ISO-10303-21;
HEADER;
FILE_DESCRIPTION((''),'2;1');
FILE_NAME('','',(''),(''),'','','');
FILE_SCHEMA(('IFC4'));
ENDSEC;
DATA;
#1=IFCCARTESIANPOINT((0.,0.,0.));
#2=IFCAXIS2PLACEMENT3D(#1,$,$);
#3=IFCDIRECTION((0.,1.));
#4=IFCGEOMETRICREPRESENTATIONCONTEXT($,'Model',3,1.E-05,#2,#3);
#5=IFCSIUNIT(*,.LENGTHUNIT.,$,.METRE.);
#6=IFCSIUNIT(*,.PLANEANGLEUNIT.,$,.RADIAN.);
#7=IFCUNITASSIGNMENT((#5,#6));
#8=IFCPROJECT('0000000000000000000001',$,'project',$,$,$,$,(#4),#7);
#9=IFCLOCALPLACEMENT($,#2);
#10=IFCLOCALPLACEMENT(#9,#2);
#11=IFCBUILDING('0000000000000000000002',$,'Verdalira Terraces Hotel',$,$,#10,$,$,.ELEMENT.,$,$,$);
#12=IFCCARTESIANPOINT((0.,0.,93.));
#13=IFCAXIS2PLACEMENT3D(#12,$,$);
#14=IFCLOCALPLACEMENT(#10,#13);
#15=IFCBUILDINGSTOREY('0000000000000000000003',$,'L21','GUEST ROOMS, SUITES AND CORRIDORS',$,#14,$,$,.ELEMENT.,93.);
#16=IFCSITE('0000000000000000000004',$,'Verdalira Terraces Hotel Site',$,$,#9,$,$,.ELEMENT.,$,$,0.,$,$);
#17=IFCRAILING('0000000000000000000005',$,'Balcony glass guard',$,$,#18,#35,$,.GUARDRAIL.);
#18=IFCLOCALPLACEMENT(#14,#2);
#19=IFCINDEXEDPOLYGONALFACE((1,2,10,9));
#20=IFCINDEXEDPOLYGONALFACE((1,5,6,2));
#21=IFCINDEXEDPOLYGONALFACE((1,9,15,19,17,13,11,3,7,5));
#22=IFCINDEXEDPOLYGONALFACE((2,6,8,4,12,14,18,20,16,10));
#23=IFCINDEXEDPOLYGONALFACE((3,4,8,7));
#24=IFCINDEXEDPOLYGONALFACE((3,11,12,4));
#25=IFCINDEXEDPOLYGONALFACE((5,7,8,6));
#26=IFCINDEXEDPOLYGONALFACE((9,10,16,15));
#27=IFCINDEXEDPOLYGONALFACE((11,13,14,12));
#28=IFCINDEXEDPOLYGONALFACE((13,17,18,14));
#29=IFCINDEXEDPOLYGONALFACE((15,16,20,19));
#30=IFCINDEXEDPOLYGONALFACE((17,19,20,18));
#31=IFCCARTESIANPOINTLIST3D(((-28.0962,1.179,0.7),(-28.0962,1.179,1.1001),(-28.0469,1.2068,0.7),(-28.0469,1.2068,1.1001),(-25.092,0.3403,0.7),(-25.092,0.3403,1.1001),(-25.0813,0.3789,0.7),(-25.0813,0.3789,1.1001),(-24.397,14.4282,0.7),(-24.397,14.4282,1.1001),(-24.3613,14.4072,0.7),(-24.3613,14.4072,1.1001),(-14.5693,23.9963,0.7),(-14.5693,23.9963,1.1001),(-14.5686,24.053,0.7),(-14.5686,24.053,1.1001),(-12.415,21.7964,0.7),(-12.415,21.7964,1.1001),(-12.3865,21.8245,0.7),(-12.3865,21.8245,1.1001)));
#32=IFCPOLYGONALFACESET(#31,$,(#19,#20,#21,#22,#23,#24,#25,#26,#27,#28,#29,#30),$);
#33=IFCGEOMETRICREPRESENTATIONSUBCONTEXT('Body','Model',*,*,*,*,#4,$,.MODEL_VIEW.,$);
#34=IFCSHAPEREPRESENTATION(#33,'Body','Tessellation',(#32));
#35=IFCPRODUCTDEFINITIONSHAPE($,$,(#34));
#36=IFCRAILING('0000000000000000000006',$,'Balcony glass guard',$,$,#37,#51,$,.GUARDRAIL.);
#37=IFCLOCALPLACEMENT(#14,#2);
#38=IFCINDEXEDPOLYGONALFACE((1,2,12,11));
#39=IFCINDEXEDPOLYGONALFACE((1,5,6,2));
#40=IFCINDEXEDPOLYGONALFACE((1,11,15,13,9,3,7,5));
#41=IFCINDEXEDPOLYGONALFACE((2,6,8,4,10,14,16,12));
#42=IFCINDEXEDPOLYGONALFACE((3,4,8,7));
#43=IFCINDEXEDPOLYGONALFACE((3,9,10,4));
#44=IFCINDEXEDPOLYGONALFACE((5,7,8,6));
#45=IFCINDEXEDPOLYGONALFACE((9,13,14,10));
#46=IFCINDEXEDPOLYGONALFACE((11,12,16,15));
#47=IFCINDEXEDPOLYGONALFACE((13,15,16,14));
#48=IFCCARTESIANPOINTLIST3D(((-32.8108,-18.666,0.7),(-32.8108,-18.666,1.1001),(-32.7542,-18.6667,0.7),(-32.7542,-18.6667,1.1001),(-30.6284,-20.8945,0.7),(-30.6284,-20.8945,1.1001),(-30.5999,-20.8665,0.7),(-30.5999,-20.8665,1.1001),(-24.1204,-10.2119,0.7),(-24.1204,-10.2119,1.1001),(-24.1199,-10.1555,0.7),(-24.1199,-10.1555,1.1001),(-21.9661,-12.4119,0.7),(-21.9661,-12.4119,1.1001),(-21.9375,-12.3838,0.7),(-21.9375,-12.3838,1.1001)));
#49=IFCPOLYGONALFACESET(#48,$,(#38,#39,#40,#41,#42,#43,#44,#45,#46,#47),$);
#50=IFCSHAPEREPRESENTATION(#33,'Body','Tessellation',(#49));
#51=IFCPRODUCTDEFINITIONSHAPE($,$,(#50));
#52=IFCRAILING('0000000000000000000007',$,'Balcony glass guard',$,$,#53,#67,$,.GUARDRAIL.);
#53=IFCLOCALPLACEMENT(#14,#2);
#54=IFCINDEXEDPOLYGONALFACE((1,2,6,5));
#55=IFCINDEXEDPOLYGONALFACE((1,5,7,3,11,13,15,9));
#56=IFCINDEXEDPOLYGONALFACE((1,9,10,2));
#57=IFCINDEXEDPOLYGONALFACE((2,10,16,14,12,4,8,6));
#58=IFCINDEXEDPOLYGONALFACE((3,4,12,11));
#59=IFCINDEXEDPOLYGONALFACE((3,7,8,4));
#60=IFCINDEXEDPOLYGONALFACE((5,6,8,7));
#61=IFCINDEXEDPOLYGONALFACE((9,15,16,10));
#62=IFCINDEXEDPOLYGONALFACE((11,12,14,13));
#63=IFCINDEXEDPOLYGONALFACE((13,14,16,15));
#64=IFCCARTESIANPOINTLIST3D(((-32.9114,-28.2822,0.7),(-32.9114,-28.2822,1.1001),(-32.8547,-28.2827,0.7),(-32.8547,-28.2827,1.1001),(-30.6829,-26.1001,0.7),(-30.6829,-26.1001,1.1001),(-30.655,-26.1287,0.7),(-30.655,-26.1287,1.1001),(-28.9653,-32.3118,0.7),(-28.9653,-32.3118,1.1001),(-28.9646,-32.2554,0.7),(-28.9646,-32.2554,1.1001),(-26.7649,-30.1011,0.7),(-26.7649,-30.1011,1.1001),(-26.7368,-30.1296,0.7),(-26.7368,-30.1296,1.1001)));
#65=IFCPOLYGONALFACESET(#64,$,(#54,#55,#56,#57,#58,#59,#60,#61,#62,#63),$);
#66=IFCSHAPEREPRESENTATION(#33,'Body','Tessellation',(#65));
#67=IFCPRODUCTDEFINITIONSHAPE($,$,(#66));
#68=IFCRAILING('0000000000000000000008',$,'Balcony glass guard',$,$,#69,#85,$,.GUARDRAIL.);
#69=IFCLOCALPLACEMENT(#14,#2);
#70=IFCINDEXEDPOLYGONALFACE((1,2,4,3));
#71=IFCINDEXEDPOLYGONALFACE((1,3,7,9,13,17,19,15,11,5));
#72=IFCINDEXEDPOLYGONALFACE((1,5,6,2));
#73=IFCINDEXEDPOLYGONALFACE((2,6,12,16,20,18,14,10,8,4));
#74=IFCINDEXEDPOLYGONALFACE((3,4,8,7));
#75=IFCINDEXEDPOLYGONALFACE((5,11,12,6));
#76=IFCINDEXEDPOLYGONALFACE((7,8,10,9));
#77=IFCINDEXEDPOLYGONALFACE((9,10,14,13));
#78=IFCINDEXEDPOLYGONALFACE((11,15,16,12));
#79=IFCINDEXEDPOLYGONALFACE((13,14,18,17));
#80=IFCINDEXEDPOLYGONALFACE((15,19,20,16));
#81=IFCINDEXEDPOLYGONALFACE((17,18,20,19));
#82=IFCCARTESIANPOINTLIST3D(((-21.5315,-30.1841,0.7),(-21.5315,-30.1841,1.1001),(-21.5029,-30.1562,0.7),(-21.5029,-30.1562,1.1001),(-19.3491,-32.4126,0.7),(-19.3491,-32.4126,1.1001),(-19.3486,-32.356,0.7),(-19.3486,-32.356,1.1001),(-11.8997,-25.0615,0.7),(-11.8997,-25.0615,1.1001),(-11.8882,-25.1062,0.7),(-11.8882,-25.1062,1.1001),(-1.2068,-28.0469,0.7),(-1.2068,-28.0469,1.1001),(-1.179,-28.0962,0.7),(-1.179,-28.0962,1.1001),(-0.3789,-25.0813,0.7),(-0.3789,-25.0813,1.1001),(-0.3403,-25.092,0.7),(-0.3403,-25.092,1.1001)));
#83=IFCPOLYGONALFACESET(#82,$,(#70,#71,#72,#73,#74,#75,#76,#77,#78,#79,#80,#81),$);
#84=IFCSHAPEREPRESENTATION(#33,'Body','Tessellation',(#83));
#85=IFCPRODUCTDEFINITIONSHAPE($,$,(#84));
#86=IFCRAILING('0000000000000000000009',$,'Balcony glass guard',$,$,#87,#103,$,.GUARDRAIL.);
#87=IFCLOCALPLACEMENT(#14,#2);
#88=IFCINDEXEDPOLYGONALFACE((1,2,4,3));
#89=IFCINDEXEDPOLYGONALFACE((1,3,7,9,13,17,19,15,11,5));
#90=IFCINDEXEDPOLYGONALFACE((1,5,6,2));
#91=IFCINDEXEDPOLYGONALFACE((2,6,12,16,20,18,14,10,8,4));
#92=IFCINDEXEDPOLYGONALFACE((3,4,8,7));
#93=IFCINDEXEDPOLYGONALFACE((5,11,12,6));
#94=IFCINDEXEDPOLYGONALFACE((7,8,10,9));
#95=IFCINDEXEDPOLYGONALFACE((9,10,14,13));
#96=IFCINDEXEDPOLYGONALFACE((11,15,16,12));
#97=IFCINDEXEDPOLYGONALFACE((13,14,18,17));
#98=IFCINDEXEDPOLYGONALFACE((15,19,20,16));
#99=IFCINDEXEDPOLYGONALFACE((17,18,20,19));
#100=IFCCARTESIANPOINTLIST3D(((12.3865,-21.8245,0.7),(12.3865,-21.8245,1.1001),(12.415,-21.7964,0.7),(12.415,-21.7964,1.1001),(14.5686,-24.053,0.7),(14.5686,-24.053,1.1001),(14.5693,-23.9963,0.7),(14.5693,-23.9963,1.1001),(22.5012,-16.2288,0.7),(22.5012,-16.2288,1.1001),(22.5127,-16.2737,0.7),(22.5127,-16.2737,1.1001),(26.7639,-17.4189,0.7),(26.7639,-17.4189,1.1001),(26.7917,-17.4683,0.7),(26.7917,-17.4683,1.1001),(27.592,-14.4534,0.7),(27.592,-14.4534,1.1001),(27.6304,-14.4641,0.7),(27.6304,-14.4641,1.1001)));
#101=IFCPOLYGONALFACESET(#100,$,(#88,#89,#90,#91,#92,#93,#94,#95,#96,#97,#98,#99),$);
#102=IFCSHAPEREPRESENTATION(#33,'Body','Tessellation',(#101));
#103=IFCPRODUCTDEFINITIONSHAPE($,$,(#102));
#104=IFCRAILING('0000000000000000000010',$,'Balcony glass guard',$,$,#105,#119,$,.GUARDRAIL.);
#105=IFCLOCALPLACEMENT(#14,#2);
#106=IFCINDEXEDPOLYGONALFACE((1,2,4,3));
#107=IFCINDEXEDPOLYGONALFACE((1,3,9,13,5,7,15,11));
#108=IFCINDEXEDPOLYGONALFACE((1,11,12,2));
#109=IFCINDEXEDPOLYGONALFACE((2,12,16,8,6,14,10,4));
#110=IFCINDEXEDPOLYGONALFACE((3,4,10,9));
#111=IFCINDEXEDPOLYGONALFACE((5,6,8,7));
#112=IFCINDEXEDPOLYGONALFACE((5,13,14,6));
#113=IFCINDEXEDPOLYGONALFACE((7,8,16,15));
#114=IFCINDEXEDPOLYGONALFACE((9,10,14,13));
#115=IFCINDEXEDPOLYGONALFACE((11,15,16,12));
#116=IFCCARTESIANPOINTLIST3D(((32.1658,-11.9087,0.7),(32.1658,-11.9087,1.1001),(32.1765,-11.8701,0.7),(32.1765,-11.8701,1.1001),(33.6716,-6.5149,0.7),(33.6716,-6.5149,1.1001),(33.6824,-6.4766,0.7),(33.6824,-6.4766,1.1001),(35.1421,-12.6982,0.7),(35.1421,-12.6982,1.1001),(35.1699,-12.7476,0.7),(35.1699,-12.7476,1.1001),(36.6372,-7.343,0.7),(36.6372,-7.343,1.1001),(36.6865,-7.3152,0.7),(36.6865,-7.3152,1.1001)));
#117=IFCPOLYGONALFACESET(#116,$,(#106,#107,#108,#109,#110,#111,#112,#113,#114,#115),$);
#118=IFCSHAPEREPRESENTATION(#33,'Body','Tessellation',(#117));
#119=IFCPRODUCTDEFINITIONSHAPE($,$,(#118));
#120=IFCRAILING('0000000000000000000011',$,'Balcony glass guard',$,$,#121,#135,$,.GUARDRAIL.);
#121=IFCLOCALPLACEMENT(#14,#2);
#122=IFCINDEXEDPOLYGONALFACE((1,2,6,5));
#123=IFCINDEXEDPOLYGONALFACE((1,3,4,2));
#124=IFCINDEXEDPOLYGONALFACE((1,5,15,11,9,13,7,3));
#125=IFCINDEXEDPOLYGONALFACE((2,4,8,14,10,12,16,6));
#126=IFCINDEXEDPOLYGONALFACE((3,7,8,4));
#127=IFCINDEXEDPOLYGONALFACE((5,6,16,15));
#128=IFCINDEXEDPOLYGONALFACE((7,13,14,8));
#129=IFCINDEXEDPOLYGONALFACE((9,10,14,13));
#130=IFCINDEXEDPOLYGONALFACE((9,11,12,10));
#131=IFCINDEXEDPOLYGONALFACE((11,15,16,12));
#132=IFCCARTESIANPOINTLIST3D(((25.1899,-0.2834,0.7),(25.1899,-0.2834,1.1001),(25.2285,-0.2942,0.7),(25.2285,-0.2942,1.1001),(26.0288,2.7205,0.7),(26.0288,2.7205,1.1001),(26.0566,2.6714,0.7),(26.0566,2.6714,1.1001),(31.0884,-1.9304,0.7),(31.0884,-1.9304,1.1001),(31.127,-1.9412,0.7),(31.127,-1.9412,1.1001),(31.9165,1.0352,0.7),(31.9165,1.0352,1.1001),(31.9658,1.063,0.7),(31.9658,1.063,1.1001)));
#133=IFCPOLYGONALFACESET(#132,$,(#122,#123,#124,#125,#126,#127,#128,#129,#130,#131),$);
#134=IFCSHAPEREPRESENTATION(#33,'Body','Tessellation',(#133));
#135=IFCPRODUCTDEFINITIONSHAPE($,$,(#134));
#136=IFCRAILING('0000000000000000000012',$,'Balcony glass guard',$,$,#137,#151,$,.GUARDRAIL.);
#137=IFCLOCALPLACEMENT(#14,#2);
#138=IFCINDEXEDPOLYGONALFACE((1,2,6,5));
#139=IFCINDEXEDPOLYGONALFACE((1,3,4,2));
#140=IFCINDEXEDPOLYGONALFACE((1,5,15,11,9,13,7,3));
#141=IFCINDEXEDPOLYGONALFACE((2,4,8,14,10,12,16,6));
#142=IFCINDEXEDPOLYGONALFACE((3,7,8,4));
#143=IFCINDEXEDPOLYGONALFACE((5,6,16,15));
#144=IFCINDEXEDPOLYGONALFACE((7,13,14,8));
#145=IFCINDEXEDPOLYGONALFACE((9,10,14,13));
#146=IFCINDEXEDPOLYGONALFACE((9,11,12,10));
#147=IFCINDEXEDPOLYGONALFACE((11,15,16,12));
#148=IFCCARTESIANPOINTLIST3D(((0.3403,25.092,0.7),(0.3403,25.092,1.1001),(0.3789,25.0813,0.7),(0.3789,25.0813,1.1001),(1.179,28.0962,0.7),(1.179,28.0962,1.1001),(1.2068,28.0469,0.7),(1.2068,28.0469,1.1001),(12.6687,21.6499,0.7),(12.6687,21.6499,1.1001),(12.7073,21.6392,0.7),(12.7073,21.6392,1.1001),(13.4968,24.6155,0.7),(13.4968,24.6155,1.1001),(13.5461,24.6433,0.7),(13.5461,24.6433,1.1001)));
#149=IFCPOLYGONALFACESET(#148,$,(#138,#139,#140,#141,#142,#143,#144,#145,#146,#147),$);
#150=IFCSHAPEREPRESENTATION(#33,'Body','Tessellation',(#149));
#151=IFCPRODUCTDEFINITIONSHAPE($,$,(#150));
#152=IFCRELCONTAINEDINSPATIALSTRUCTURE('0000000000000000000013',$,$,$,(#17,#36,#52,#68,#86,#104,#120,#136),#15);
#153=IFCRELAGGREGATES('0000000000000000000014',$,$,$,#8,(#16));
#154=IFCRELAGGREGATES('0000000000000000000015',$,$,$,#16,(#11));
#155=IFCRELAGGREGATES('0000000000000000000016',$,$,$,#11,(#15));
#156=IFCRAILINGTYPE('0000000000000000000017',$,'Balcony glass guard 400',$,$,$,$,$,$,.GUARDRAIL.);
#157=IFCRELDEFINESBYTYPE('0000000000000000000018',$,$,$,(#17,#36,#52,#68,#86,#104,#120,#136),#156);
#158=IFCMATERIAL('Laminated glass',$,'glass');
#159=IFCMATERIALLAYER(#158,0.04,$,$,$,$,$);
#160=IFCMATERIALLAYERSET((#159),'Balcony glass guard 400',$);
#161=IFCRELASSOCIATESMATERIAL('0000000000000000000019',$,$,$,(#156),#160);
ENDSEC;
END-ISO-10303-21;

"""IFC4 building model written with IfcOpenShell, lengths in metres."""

from ifc_helpers import new_model, si_unit, direction, frame, origin, place, context, subcontext, project, spatial, polyline, outline, extrude, material, layer, layer_set, type_object, element, save


model = new_model("IFC4")

# Units and contexts
model_context = context("Model", 3, precision=1e-05, world=origin(), true_north=direction((0.0, 1.0)))
body_context = subcontext(model_context, "Body", "Model", "MODEL_VIEW")
ifc_project = project(units=[si_unit("LENGTHUNIT", "METRE"), si_unit("PLANEANGLEUNIT", "RADIAN")], contexts=[model_context])

# Site, building, storey
site_placement = place(None, origin())
site = spatial("IfcSite", under=ifc_project, at=site_placement, Name="Verdalira Terraces Hotel Site", CompositionType="ELEMENT", RefElevation=0.0)
building_placement = place(site_placement, origin())
building = spatial("IfcBuilding", under=site, at=building_placement, Name="Verdalira Terraces Hotel", CompositionType="ELEMENT")
storey_placement = place(building_placement, frame((0.0, 0.0, 93.0)))
storey = spatial("IfcBuildingStorey", under=building, at=storey_placement, Name="L21", Description="GUEST ROOMS, SUITES AND CORRIDORS", CompositionType="ELEMENT", Elevation=93.0)

# Railings
ifc_material_1 = material(Name="Laminated glass", Category="glass")
ifc_layer_1 = layer(ifc_material_1, 0.04)
ifc_layer_set_1 = layer_set([ifc_layer_1], Name="Balcony glass guard 400")
railing_type = type_object("IfcRailingType", Name="Balcony glass guard 400", PredefinedType="GUARDRAIL", material=ifc_layer_set_1)
railing_1_placement = place(storey_placement, frame((0.0, 0.0, 0.7)))
element("IfcRailing", 1, at=railing_1_placement, inside=storey, type_object=railing_type, Name="Balcony glass guard", PredefinedType="GUARDRAIL", context=body_context, shape_type="SweptSolid", body=[
    extrude(outline(polyline([(-14.5693, 23.9963), (-24.3613, 14.4072), (-28.0469, 1.2068), (-25.0813, 0.3789), (-25.092, 0.3403), (-28.0962, 1.179), (-24.397, 14.4282), (-14.5686, 24.053), (-12.3865, 21.8245), (-12.415, 21.7964), (-14.5693, 23.9963)])), origin(), (0.0, 0.0, 1.0), 0.4001),
])
railing_2_placement = place(storey_placement, frame((0.0, 0.0, 0.7)))
element("IfcRailing", 2, at=railing_2_placement, inside=storey, type_object=railing_type, Name="Balcony glass guard", PredefinedType="GUARDRAIL", context=body_context, shape_type="SweptSolid", body=[
    extrude(outline(polyline([(-24.1204, -10.2119), (-32.7542, -18.6667), (-30.5999, -20.8665), (-30.6284, -20.8945), (-32.8108, -18.666), (-24.1199, -10.1555), (-21.9375, -12.3838), (-21.9661, -12.4119), (-24.1204, -10.2119)])), origin(), (0.0, 0.0, 1.0), 0.4001),
])
railing_3_placement = place(storey_placement, frame((0.0, 0.0, 0.7)))
element("IfcRailing", 3, at=railing_3_placement, inside=storey, type_object=railing_type, Name="Balcony glass guard", PredefinedType="GUARDRAIL", context=body_context, shape_type="SweptSolid", body=[
    extrude(outline(polyline([(-32.8547, -28.2827), (-28.9646, -32.2554), (-26.7649, -30.1011), (-26.7368, -30.1296), (-28.9653, -32.3118), (-32.9114, -28.2822), (-30.6829, -26.1001), (-30.655, -26.1287), (-32.8547, -28.2827)])), origin(), (0.0, 0.0, 1.0), 0.4001),
])
railing_4_placement = place(storey_placement, frame((0.0, 0.0, 0.7)))
element("IfcRailing", 4, at=railing_4_placement, inside=storey, type_object=railing_type, Name="Balcony glass guard", PredefinedType="GUARDRAIL", context=body_context, shape_type="SweptSolid", body=[
    extrude(outline(polyline([(-19.3486, -32.356), (-11.8997, -25.0615), (-1.2068, -28.0469), (-0.3789, -25.0813), (-0.3403, -25.092), (-1.179, -28.0962), (-11.8882, -25.1062), (-19.3491, -32.4126), (-21.5315, -30.1841), (-21.5029, -30.1562), (-19.3486, -32.356)])), origin(), (0.0, 0.0, 1.0), 0.4001),
])
railing_5_placement = place(storey_placement, frame((0.0, 0.0, 0.7)))
element("IfcRailing", 5, at=railing_5_placement, inside=storey, type_object=railing_type, Name="Balcony glass guard", PredefinedType="GUARDRAIL", context=body_context, shape_type="SweptSolid", body=[
    extrude(outline(polyline([(14.5693, -23.9963), (22.5012, -16.2288), (26.7639, -17.4189), (27.592, -14.4534), (27.6304, -14.4641), (26.7917, -17.4683), (22.5127, -16.2737), (14.5686, -24.053), (12.3865, -21.8245), (12.415, -21.7964), (14.5693, -23.9963)])), origin(), (0.0, 0.0, 1.0), 0.4001),
])
railing_6_placement = place(storey_placement, frame((0.0, 0.0, 0.7)))
element("IfcRailing", 6, at=railing_6_placement, inside=storey, type_object=railing_type, Name="Balcony glass guard", PredefinedType="GUARDRAIL", context=body_context, shape_type="SweptSolid", body=[
    extrude(outline(polyline([(35.1421, -12.6982), (36.6372, -7.343), (33.6716, -6.5149), (33.6824, -6.4766), (36.6865, -7.3152), (35.1699, -12.7476), (32.1658, -11.9087), (32.1765, -11.8701), (35.1421, -12.6982)])), origin(), (0.0, 0.0, 1.0), 0.4001),
])
railing_7_placement = place(storey_placement, frame((0.0, 0.0, 0.7)))
element("IfcRailing", 7, at=railing_7_placement, inside=storey, type_object=railing_type, Name="Balcony glass guard", PredefinedType="GUARDRAIL", context=body_context, shape_type="SweptSolid", body=[
    extrude(outline(polyline([(31.9165, 1.0352), (26.0566, 2.6714), (25.2285, -0.2942), (25.1899, -0.2834), (26.0288, 2.7205), (31.9658, 1.063), (31.127, -1.9412), (31.0884, -1.9304), (31.9165, 1.0352)])), origin(), (0.0, 0.0, 1.0), 0.4001),
])
railing_8_placement = place(storey_placement, frame((0.0, 0.0, 0.7)))
element("IfcRailing", 8, at=railing_8_placement, inside=storey, type_object=railing_type, Name="Balcony glass guard", PredefinedType="GUARDRAIL", context=body_context, shape_type="SweptSolid", body=[
    extrude(outline(polyline([(13.4968, 24.6155), (1.2068, 28.0469), (0.3789, 25.0813), (0.3403, 25.092), (1.179, 28.0962), (13.5461, 24.6433), (12.7073, 21.6392), (12.6687, 21.6499), (13.4968, 24.6155)])), origin(), (0.0, 0.0, 1.0), 0.4001),
])

save(model, "model.ifc")
